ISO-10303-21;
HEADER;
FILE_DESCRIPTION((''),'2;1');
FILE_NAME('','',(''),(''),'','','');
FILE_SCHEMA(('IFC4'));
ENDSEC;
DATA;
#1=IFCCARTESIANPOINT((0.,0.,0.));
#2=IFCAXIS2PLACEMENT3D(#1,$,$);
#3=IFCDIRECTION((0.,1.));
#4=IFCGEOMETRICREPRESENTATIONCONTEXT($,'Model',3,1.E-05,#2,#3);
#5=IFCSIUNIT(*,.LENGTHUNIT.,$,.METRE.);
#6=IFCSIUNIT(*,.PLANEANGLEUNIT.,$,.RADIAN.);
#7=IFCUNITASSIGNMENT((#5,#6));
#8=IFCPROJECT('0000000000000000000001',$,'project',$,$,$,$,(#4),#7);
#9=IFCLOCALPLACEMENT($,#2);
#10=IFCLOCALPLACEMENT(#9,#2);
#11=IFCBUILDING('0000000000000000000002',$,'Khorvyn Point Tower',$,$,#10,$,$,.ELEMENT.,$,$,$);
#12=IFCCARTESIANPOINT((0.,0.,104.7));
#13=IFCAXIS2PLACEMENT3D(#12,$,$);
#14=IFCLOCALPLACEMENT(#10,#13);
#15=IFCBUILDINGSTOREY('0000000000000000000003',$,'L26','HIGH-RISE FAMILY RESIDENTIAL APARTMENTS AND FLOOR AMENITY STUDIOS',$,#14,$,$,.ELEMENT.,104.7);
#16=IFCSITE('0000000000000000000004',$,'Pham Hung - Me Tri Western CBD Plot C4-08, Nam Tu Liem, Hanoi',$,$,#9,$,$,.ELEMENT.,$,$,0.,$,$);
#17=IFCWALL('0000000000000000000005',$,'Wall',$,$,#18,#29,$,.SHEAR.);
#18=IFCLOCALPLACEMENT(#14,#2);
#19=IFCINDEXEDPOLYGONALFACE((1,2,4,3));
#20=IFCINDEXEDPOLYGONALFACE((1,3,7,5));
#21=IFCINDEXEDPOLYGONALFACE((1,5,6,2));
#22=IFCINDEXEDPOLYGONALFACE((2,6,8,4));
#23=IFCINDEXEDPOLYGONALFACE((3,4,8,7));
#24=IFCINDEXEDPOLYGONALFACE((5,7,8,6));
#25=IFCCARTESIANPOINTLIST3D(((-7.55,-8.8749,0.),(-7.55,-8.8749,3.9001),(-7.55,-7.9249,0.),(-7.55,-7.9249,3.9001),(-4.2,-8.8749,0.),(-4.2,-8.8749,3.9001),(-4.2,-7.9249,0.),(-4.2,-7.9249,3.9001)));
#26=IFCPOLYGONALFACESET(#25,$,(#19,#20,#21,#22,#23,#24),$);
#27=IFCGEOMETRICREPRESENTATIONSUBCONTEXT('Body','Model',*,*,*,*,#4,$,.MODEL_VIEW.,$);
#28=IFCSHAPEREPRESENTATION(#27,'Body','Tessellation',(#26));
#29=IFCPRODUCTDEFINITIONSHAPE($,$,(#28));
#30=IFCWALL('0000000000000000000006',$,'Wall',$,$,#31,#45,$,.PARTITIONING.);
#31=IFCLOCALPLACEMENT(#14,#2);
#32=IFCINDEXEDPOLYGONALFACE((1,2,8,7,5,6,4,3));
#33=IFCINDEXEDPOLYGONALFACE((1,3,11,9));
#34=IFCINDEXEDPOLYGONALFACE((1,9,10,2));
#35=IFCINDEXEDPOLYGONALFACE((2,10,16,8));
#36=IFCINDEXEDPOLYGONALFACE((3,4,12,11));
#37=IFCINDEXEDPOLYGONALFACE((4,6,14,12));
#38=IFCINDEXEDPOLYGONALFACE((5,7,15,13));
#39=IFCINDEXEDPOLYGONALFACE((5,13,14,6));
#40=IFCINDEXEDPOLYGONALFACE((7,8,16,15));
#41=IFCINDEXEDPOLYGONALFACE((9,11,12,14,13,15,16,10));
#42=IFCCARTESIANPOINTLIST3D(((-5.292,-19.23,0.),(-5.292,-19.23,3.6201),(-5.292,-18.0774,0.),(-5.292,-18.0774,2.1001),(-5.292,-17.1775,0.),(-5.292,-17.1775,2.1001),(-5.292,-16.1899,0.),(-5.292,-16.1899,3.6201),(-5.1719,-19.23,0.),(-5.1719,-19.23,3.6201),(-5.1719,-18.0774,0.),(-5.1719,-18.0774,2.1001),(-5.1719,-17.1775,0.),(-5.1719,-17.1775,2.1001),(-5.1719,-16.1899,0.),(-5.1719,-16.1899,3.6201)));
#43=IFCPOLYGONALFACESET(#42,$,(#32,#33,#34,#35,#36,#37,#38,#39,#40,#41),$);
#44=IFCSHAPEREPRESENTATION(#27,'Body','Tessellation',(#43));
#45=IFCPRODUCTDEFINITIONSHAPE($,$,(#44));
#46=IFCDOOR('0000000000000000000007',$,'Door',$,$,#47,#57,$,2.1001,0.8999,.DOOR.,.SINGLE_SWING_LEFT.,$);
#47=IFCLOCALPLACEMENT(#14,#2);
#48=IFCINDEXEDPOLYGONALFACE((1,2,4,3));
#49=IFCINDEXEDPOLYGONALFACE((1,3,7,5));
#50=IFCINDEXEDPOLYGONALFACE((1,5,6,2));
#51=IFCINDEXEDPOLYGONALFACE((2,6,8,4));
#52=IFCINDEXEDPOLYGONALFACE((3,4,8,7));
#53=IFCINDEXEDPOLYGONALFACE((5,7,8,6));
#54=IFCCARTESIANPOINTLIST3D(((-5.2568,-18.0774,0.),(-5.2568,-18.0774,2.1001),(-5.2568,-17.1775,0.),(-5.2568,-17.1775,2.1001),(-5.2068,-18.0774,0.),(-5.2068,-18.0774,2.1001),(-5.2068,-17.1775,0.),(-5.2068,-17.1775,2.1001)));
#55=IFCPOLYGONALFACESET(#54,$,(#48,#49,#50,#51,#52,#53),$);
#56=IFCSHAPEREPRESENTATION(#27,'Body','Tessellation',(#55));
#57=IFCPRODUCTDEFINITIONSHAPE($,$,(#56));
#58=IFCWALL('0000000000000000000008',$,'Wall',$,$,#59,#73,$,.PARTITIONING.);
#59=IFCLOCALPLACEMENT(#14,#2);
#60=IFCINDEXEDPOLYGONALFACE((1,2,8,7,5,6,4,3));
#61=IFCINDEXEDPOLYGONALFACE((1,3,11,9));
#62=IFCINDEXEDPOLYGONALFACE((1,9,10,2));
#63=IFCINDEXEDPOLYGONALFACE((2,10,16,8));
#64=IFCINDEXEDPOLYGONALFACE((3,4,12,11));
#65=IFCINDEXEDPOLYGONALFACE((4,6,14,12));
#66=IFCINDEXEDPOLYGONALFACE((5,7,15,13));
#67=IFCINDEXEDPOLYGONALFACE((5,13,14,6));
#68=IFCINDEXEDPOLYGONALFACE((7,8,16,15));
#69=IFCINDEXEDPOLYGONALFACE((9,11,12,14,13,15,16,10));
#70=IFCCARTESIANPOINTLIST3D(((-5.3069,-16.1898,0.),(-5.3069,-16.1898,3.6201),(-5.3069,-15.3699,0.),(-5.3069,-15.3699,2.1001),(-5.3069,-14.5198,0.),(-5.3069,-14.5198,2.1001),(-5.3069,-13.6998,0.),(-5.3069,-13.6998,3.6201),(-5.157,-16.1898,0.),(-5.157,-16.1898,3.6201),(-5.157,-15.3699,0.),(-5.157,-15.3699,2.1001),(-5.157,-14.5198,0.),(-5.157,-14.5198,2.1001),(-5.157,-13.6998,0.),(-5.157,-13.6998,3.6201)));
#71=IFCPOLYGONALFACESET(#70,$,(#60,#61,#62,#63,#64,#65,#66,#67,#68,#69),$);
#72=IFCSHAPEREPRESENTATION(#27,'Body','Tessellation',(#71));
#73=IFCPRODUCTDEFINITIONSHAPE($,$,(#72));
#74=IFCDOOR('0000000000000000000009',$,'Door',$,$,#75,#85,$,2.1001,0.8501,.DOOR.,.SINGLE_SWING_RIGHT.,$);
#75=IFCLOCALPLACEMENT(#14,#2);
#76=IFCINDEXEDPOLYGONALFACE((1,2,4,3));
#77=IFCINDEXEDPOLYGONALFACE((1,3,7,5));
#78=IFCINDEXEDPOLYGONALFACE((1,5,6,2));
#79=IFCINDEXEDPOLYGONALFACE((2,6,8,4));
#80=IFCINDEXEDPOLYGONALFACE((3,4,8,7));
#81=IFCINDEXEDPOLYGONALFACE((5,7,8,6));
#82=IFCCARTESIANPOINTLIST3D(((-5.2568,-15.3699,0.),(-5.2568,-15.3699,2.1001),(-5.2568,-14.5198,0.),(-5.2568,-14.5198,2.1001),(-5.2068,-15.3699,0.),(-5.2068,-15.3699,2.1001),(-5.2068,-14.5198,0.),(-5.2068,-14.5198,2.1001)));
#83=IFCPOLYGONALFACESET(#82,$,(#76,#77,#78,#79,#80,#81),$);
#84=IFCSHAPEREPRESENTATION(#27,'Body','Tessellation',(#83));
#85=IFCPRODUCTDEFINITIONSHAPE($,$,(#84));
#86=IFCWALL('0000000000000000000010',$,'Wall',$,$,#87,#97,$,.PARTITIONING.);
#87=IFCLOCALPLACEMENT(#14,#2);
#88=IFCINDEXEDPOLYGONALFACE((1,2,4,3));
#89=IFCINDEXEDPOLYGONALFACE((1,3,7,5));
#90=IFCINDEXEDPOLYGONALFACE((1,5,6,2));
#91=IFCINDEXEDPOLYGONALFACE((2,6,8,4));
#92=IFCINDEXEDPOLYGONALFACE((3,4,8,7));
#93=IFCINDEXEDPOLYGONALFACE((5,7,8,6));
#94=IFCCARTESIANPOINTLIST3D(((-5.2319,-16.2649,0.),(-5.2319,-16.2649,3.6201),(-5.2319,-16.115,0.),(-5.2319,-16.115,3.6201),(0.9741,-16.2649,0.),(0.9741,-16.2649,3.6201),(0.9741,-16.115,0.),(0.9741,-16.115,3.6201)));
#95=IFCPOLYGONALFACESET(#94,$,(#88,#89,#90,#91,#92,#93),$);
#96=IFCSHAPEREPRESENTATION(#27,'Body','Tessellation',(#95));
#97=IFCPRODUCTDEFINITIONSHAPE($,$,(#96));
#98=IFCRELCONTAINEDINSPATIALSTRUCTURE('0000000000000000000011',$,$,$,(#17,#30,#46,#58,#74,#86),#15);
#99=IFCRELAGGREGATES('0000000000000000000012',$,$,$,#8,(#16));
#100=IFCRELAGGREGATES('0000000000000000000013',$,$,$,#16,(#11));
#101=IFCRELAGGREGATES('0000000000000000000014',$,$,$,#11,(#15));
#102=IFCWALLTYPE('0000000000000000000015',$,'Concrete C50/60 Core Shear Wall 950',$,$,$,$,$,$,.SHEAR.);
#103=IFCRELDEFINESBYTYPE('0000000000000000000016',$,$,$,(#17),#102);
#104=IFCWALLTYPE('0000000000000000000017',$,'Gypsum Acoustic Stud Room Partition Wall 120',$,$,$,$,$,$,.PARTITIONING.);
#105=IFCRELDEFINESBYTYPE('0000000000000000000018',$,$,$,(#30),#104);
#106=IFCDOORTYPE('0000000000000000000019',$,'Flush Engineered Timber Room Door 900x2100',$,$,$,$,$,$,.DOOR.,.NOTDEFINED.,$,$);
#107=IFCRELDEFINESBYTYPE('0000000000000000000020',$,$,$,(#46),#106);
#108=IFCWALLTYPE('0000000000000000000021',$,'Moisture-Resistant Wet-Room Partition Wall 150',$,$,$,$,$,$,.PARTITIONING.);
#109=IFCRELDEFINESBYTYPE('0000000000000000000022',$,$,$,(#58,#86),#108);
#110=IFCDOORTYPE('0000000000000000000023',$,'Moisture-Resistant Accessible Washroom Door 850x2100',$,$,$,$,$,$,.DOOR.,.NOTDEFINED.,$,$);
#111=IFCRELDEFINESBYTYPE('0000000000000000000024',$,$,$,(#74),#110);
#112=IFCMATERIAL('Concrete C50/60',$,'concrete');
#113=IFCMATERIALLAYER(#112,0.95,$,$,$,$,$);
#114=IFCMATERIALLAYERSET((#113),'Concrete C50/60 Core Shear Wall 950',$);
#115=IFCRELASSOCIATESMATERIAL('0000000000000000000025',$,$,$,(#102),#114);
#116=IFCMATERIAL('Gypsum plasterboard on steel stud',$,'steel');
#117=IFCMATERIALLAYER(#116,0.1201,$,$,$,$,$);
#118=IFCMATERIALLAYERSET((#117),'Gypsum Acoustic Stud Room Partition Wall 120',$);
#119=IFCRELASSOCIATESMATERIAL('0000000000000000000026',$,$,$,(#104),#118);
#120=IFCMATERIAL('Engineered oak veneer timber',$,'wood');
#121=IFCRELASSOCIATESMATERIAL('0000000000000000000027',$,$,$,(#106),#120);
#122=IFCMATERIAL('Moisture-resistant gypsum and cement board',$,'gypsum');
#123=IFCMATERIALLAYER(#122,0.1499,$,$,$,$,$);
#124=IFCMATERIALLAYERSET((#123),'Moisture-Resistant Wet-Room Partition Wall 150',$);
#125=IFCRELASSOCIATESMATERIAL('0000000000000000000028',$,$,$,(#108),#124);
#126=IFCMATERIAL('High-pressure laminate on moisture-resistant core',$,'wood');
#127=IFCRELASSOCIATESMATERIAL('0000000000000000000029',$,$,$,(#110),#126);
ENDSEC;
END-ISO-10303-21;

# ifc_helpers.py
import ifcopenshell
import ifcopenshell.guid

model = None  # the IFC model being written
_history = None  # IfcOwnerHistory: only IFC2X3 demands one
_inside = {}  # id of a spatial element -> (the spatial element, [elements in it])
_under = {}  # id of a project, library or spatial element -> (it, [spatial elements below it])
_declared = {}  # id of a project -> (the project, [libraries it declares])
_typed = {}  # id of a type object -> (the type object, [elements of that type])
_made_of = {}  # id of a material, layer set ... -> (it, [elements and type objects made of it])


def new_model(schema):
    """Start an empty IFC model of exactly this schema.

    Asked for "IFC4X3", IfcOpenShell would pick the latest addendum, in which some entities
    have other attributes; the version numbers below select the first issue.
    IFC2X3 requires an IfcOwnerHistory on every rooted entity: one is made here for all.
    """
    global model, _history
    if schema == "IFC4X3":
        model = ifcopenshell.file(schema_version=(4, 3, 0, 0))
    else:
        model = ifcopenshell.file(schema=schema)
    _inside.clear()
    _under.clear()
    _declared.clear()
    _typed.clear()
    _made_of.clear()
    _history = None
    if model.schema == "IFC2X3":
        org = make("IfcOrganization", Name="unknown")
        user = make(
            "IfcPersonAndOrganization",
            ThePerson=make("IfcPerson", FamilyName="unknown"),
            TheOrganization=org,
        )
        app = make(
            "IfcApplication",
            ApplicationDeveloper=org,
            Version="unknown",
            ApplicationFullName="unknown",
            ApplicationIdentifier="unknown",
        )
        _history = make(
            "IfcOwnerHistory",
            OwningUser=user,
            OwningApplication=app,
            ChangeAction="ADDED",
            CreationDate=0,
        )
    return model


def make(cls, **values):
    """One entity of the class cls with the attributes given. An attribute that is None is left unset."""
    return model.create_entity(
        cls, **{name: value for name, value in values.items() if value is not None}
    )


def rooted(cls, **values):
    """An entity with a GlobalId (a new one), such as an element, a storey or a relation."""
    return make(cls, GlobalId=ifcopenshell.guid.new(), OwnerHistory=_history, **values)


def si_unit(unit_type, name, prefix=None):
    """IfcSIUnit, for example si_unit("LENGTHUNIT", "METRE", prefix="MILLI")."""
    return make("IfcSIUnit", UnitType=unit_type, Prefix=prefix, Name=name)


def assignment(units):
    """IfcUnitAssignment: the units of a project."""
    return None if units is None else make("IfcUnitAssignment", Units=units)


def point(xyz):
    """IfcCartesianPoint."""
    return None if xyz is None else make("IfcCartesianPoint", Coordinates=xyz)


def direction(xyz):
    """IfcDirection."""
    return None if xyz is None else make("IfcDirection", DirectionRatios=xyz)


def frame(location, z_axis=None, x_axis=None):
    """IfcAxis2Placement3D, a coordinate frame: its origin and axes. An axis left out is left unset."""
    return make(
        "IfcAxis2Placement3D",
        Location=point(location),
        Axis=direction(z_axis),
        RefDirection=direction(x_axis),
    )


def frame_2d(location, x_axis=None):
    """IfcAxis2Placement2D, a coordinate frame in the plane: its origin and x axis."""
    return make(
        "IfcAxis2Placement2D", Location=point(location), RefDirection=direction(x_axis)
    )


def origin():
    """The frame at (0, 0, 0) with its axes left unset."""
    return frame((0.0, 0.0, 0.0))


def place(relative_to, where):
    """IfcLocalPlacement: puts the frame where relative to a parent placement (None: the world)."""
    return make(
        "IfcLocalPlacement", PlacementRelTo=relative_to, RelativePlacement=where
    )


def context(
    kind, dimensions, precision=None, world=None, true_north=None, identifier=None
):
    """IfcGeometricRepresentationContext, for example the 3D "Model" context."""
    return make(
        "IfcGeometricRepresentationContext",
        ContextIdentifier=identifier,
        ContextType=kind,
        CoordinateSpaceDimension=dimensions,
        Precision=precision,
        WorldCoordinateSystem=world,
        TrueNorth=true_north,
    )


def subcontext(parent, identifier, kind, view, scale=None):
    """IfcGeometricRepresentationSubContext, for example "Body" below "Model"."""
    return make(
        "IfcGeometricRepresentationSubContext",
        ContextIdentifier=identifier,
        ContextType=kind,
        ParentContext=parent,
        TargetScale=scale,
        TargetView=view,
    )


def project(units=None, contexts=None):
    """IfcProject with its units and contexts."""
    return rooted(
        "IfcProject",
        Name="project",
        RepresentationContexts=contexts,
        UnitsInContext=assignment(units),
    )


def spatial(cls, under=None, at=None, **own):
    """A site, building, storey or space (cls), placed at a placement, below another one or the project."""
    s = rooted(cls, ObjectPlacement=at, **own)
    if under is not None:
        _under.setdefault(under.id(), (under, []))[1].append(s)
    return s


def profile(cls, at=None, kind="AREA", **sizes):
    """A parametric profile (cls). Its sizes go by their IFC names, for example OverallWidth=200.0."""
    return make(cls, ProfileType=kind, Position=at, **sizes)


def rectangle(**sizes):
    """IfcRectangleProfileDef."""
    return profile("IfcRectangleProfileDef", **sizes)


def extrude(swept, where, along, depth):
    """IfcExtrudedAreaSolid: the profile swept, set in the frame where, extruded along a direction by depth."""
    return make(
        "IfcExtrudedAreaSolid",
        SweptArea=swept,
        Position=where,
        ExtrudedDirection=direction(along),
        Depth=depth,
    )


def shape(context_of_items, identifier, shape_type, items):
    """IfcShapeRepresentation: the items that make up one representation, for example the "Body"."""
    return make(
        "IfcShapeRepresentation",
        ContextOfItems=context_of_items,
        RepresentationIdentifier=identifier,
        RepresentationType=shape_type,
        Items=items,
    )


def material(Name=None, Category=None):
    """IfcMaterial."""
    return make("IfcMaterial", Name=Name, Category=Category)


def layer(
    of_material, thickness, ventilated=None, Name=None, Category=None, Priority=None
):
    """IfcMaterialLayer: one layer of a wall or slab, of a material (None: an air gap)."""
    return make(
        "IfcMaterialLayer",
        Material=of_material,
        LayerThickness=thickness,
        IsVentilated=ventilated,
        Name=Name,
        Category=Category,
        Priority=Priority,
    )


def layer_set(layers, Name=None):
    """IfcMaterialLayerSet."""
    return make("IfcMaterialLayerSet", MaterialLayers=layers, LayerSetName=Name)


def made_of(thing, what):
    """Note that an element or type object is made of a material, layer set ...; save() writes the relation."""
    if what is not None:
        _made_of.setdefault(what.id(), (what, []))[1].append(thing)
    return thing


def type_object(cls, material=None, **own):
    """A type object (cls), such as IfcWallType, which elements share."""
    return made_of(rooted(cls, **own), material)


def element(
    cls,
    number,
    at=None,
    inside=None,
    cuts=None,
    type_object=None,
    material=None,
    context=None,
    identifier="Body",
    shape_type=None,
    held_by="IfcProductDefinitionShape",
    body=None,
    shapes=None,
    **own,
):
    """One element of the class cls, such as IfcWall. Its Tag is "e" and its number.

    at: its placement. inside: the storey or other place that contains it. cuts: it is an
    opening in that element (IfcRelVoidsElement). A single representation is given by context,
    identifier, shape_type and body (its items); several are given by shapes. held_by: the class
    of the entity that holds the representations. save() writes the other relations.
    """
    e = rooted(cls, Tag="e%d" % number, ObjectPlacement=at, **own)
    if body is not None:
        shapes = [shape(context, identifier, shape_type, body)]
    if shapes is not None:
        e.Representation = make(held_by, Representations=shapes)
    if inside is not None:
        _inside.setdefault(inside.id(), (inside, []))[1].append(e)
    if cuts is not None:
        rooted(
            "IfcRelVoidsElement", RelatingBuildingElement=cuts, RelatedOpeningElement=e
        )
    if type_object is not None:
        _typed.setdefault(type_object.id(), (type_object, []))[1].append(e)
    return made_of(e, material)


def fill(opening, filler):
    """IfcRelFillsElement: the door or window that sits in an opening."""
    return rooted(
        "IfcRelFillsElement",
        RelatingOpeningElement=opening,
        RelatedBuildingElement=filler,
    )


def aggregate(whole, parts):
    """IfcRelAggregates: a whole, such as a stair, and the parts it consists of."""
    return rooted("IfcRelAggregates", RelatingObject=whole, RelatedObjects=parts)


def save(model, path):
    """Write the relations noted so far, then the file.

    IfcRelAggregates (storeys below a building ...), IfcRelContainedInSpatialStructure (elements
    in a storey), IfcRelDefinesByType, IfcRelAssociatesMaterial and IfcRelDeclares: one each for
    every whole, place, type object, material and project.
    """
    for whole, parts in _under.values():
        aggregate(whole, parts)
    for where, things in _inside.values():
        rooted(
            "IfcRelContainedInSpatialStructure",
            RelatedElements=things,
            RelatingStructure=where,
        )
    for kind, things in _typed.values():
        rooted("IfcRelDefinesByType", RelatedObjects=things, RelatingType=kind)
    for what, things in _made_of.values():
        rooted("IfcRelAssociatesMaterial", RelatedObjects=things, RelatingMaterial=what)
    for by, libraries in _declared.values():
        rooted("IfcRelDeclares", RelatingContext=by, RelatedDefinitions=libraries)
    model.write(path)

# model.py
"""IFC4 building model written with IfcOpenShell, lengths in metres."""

from ifc_helpers import new_model, si_unit, direction, frame, frame_2d, origin, place, context, subcontext, project, spatial, rectangle, extrude, material, layer, layer_set, type_object, element, fill, save


model = new_model("IFC4")

# Units and contexts
model_context = context("Model", 3, precision=1e-05, world=origin(), true_north=direction((0.0, 1.0)))
body_context = subcontext(model_context, "Body", "Model", "MODEL_VIEW")
ifc_project = project(units=[si_unit("LENGTHUNIT", "METRE"), si_unit("PLANEANGLEUNIT", "RADIAN")], contexts=[model_context])

# Site, building, storey
site_placement = place(None, origin())
site = spatial("IfcSite", under=ifc_project, at=site_placement, Name="Pham Hung - Me Tri Western CBD Plot C4-08, Nam Tu Liem, Hanoi", CompositionType="ELEMENT", RefElevation=0.0)
building_placement = place(site_placement, origin())
building = spatial("IfcBuilding", under=site, at=building_placement, Name="Khorvyn Point Tower", CompositionType="ELEMENT")
storey_placement = place(building_placement, frame((0.0, 0.0, 104.7)))
storey = spatial("IfcBuildingStorey", under=building, at=storey_placement, Name="L26", Description="HIGH-RISE FAMILY RESIDENTIAL APARTMENTS AND FLOOR AMENITY STUDIOS", CompositionType="ELEMENT", Elevation=104.7)

# Shared definitions
ifc_material_1 = material(Name="Concrete C50/60", Category="concrete")

# Wall
ifc_layer_1 = layer(ifc_material_1, 0.95)
ifc_layer_set_1 = layer_set([ifc_layer_1], Name="Concrete C50/60 Core Shear Wall 950")
wall_type_1 = type_object("IfcWallType", Name="Concrete C50/60 Core Shear Wall 950", PredefinedType="SHEAR", material=ifc_layer_set_1)
wall_1_placement = place(storey_placement, frame((-7.55, -8.3999, 0.0), z_axis=(0.0, 0.0, 1.0), x_axis=(1.0, 0.0, 0.0)))
element("IfcWall", 1, at=wall_1_placement, inside=storey, type_object=wall_type_1, Name="Wall", PredefinedType="SHEAR", context=body_context, shape_type="SweptSolid", body=[
    extrude(rectangle(XDim=3.3501, YDim=0.95, at=frame_2d((1.675, 0.0))), origin(), (0.0, 0.0, 1.0), 3.9001),
])

# Walls, openings, doors
ifc_material_2 = material(Name="Gypsum plasterboard on steel stud", Category="steel")
ifc_layer_2 = layer(ifc_material_2, 0.1201)
ifc_layer_set_2 = layer_set([ifc_layer_2], Name="Gypsum Acoustic Stud Room Partition Wall 120")
wall_type_2 = type_object("IfcWallType", Name="Gypsum Acoustic Stud Room Partition Wall 120", PredefinedType="PARTITIONING", material=ifc_layer_set_2)
wall_2_placement = place(storey_placement, frame((-5.2319, -19.23, 0.0), z_axis=(0.0, 0.0, 1.0), x_axis=(0.0, 1.0, 0.0)))
wall_2 = element("IfcWall", 2, at=wall_2_placement, inside=storey, type_object=wall_type_2, Name="Wall", PredefinedType="PARTITIONING", context=body_context, shape_type="SweptSolid", body=[
    extrude(rectangle(XDim=3.04, YDim=0.1201, at=frame_2d((1.52, 0.0))), origin(), (0.0, 0.0, 1.0), 3.6201),
])
opening_1_placement = place(wall_2_placement, frame((1.1526, 0.0, 0.0)))
opening_1 = element("IfcOpeningElement", 3, at=opening_1_placement, cuts=wall_2, PredefinedType="OPENING", context=body_context, shape_type="SweptSolid", body=[
    extrude(rectangle(XDim=0.8999, YDim=2.1001, at=frame_2d((0.45, 1.05))), frame((0.0, 0.0701, 0.0), z_axis=(0.0, -1.0, 0.0), x_axis=(1.0, 0.0, 0.0)), (0.0, 0.0, 1.0), 0.1401),
])
ifc_material_3 = material(Name="Engineered oak veneer timber", Category="wood")
door_type_1 = type_object("IfcDoorType", Name="Flush Engineered Timber Room Door 900x2100", OperationType="NOTDEFINED", PredefinedType="DOOR", material=ifc_material_3)
door_1_placement = place(opening_1_placement, origin())
door_1 = element("IfcDoor", 4, at=door_1_placement, inside=storey, type_object=door_type_1, Name="Door", OperationType="SINGLE_SWING_LEFT", OverallHeight=2.1001, OverallWidth=0.8999, PredefinedType="DOOR", context=body_context, shape_type="SweptSolid", body=[
    extrude(rectangle(XDim=0.8999, YDim=2.1001, at=frame_2d((0.45, 1.05))), frame((0.0, 0.0249, 0.0), z_axis=(0.0, -1.0, 0.0), x_axis=(1.0, 0.0, 0.0)), (0.0, 0.0, 1.0), 0.05),
])
fill(opening_1, door_1)
ifc_material_4 = material(Name="Moisture-resistant gypsum and cement board", Category="gypsum")
ifc_layer_3 = layer(ifc_material_4, 0.1499)
ifc_layer_set_3 = layer_set([ifc_layer_3], Name="Moisture-Resistant Wet-Room Partition Wall 150")
wall_type_3 = type_object("IfcWallType", Name="Moisture-Resistant Wet-Room Partition Wall 150", PredefinedType="PARTITIONING", material=ifc_layer_set_3)
wall_3_placement = place(storey_placement, frame((-5.2319, -16.1899, 0.0), z_axis=(0.0, 0.0, 1.0), x_axis=(0.0, 1.0, 0.0)))
wall_3 = element("IfcWall", 5, at=wall_3_placement, inside=storey, type_object=wall_type_3, Name="Wall", PredefinedType="PARTITIONING", context=body_context, shape_type="SweptSolid", body=[
    extrude(rectangle(XDim=2.49, YDim=0.1499, at=frame_2d((1.2451, 0.0))), origin(), (0.0, 0.0, 1.0), 3.6201),
])
opening_2_placement = place(wall_3_placement, frame((0.8201, 0.0, 0.0)))
opening_2 = element("IfcOpeningElement", 6, at=opening_2_placement, cuts=wall_3, PredefinedType="OPENING", context=body_context, shape_type="SweptSolid", body=[
    extrude(rectangle(XDim=0.8501, YDim=2.1001, at=frame_2d((0.425, 1.05))), frame((0.0, 0.085, 0.0), z_axis=(0.0, -1.0, 0.0), x_axis=(1.0, 0.0, 0.0)), (0.0, 0.0, 1.0), 0.1699),
])
ifc_material_5 = material(Name="High-pressure laminate on moisture-resistant core", Category="wood")
door_type_2 = type_object("IfcDoorType", Name="Moisture-Resistant Accessible Washroom Door 850x2100", OperationType="NOTDEFINED", PredefinedType="DOOR", material=ifc_material_5)
door_2_placement = place(opening_2_placement, origin())
door_2 = element("IfcDoor", 7, at=door_2_placement, inside=storey, type_object=door_type_2, Name="Door", OperationType="SINGLE_SWING_RIGHT", OverallHeight=2.1001, OverallWidth=0.8501, PredefinedType="DOOR", context=body_context, shape_type="SweptSolid", body=[
    extrude(rectangle(XDim=0.8501, YDim=2.1001, at=frame_2d((0.425, 1.05))), frame((0.0, 0.0249, 0.0), z_axis=(0.0, -1.0, 0.0), x_axis=(1.0, 0.0, 0.0)), (0.0, 0.0, 1.0), 0.05),
])
fill(opening_2, door_2)

# Wall
wall_4_placement = place(storey_placement, frame((-5.2319, -16.1899, 0.0), z_axis=(0.0, 0.0, 1.0), x_axis=(1.0, 0.0, 0.0)))
element("IfcWall", 8, at=wall_4_placement, inside=storey, type_object=wall_type_3, Name="Wall", PredefinedType="PARTITIONING", context=body_context, shape_type="SweptSolid", body=[
    extrude(rectangle(XDim=6.2061, YDim=0.1499, at=frame_2d((3.103, 0.0))), origin(), (0.0, 0.0, 1.0), 3.6201),
])

save(model, "model.ifc")
